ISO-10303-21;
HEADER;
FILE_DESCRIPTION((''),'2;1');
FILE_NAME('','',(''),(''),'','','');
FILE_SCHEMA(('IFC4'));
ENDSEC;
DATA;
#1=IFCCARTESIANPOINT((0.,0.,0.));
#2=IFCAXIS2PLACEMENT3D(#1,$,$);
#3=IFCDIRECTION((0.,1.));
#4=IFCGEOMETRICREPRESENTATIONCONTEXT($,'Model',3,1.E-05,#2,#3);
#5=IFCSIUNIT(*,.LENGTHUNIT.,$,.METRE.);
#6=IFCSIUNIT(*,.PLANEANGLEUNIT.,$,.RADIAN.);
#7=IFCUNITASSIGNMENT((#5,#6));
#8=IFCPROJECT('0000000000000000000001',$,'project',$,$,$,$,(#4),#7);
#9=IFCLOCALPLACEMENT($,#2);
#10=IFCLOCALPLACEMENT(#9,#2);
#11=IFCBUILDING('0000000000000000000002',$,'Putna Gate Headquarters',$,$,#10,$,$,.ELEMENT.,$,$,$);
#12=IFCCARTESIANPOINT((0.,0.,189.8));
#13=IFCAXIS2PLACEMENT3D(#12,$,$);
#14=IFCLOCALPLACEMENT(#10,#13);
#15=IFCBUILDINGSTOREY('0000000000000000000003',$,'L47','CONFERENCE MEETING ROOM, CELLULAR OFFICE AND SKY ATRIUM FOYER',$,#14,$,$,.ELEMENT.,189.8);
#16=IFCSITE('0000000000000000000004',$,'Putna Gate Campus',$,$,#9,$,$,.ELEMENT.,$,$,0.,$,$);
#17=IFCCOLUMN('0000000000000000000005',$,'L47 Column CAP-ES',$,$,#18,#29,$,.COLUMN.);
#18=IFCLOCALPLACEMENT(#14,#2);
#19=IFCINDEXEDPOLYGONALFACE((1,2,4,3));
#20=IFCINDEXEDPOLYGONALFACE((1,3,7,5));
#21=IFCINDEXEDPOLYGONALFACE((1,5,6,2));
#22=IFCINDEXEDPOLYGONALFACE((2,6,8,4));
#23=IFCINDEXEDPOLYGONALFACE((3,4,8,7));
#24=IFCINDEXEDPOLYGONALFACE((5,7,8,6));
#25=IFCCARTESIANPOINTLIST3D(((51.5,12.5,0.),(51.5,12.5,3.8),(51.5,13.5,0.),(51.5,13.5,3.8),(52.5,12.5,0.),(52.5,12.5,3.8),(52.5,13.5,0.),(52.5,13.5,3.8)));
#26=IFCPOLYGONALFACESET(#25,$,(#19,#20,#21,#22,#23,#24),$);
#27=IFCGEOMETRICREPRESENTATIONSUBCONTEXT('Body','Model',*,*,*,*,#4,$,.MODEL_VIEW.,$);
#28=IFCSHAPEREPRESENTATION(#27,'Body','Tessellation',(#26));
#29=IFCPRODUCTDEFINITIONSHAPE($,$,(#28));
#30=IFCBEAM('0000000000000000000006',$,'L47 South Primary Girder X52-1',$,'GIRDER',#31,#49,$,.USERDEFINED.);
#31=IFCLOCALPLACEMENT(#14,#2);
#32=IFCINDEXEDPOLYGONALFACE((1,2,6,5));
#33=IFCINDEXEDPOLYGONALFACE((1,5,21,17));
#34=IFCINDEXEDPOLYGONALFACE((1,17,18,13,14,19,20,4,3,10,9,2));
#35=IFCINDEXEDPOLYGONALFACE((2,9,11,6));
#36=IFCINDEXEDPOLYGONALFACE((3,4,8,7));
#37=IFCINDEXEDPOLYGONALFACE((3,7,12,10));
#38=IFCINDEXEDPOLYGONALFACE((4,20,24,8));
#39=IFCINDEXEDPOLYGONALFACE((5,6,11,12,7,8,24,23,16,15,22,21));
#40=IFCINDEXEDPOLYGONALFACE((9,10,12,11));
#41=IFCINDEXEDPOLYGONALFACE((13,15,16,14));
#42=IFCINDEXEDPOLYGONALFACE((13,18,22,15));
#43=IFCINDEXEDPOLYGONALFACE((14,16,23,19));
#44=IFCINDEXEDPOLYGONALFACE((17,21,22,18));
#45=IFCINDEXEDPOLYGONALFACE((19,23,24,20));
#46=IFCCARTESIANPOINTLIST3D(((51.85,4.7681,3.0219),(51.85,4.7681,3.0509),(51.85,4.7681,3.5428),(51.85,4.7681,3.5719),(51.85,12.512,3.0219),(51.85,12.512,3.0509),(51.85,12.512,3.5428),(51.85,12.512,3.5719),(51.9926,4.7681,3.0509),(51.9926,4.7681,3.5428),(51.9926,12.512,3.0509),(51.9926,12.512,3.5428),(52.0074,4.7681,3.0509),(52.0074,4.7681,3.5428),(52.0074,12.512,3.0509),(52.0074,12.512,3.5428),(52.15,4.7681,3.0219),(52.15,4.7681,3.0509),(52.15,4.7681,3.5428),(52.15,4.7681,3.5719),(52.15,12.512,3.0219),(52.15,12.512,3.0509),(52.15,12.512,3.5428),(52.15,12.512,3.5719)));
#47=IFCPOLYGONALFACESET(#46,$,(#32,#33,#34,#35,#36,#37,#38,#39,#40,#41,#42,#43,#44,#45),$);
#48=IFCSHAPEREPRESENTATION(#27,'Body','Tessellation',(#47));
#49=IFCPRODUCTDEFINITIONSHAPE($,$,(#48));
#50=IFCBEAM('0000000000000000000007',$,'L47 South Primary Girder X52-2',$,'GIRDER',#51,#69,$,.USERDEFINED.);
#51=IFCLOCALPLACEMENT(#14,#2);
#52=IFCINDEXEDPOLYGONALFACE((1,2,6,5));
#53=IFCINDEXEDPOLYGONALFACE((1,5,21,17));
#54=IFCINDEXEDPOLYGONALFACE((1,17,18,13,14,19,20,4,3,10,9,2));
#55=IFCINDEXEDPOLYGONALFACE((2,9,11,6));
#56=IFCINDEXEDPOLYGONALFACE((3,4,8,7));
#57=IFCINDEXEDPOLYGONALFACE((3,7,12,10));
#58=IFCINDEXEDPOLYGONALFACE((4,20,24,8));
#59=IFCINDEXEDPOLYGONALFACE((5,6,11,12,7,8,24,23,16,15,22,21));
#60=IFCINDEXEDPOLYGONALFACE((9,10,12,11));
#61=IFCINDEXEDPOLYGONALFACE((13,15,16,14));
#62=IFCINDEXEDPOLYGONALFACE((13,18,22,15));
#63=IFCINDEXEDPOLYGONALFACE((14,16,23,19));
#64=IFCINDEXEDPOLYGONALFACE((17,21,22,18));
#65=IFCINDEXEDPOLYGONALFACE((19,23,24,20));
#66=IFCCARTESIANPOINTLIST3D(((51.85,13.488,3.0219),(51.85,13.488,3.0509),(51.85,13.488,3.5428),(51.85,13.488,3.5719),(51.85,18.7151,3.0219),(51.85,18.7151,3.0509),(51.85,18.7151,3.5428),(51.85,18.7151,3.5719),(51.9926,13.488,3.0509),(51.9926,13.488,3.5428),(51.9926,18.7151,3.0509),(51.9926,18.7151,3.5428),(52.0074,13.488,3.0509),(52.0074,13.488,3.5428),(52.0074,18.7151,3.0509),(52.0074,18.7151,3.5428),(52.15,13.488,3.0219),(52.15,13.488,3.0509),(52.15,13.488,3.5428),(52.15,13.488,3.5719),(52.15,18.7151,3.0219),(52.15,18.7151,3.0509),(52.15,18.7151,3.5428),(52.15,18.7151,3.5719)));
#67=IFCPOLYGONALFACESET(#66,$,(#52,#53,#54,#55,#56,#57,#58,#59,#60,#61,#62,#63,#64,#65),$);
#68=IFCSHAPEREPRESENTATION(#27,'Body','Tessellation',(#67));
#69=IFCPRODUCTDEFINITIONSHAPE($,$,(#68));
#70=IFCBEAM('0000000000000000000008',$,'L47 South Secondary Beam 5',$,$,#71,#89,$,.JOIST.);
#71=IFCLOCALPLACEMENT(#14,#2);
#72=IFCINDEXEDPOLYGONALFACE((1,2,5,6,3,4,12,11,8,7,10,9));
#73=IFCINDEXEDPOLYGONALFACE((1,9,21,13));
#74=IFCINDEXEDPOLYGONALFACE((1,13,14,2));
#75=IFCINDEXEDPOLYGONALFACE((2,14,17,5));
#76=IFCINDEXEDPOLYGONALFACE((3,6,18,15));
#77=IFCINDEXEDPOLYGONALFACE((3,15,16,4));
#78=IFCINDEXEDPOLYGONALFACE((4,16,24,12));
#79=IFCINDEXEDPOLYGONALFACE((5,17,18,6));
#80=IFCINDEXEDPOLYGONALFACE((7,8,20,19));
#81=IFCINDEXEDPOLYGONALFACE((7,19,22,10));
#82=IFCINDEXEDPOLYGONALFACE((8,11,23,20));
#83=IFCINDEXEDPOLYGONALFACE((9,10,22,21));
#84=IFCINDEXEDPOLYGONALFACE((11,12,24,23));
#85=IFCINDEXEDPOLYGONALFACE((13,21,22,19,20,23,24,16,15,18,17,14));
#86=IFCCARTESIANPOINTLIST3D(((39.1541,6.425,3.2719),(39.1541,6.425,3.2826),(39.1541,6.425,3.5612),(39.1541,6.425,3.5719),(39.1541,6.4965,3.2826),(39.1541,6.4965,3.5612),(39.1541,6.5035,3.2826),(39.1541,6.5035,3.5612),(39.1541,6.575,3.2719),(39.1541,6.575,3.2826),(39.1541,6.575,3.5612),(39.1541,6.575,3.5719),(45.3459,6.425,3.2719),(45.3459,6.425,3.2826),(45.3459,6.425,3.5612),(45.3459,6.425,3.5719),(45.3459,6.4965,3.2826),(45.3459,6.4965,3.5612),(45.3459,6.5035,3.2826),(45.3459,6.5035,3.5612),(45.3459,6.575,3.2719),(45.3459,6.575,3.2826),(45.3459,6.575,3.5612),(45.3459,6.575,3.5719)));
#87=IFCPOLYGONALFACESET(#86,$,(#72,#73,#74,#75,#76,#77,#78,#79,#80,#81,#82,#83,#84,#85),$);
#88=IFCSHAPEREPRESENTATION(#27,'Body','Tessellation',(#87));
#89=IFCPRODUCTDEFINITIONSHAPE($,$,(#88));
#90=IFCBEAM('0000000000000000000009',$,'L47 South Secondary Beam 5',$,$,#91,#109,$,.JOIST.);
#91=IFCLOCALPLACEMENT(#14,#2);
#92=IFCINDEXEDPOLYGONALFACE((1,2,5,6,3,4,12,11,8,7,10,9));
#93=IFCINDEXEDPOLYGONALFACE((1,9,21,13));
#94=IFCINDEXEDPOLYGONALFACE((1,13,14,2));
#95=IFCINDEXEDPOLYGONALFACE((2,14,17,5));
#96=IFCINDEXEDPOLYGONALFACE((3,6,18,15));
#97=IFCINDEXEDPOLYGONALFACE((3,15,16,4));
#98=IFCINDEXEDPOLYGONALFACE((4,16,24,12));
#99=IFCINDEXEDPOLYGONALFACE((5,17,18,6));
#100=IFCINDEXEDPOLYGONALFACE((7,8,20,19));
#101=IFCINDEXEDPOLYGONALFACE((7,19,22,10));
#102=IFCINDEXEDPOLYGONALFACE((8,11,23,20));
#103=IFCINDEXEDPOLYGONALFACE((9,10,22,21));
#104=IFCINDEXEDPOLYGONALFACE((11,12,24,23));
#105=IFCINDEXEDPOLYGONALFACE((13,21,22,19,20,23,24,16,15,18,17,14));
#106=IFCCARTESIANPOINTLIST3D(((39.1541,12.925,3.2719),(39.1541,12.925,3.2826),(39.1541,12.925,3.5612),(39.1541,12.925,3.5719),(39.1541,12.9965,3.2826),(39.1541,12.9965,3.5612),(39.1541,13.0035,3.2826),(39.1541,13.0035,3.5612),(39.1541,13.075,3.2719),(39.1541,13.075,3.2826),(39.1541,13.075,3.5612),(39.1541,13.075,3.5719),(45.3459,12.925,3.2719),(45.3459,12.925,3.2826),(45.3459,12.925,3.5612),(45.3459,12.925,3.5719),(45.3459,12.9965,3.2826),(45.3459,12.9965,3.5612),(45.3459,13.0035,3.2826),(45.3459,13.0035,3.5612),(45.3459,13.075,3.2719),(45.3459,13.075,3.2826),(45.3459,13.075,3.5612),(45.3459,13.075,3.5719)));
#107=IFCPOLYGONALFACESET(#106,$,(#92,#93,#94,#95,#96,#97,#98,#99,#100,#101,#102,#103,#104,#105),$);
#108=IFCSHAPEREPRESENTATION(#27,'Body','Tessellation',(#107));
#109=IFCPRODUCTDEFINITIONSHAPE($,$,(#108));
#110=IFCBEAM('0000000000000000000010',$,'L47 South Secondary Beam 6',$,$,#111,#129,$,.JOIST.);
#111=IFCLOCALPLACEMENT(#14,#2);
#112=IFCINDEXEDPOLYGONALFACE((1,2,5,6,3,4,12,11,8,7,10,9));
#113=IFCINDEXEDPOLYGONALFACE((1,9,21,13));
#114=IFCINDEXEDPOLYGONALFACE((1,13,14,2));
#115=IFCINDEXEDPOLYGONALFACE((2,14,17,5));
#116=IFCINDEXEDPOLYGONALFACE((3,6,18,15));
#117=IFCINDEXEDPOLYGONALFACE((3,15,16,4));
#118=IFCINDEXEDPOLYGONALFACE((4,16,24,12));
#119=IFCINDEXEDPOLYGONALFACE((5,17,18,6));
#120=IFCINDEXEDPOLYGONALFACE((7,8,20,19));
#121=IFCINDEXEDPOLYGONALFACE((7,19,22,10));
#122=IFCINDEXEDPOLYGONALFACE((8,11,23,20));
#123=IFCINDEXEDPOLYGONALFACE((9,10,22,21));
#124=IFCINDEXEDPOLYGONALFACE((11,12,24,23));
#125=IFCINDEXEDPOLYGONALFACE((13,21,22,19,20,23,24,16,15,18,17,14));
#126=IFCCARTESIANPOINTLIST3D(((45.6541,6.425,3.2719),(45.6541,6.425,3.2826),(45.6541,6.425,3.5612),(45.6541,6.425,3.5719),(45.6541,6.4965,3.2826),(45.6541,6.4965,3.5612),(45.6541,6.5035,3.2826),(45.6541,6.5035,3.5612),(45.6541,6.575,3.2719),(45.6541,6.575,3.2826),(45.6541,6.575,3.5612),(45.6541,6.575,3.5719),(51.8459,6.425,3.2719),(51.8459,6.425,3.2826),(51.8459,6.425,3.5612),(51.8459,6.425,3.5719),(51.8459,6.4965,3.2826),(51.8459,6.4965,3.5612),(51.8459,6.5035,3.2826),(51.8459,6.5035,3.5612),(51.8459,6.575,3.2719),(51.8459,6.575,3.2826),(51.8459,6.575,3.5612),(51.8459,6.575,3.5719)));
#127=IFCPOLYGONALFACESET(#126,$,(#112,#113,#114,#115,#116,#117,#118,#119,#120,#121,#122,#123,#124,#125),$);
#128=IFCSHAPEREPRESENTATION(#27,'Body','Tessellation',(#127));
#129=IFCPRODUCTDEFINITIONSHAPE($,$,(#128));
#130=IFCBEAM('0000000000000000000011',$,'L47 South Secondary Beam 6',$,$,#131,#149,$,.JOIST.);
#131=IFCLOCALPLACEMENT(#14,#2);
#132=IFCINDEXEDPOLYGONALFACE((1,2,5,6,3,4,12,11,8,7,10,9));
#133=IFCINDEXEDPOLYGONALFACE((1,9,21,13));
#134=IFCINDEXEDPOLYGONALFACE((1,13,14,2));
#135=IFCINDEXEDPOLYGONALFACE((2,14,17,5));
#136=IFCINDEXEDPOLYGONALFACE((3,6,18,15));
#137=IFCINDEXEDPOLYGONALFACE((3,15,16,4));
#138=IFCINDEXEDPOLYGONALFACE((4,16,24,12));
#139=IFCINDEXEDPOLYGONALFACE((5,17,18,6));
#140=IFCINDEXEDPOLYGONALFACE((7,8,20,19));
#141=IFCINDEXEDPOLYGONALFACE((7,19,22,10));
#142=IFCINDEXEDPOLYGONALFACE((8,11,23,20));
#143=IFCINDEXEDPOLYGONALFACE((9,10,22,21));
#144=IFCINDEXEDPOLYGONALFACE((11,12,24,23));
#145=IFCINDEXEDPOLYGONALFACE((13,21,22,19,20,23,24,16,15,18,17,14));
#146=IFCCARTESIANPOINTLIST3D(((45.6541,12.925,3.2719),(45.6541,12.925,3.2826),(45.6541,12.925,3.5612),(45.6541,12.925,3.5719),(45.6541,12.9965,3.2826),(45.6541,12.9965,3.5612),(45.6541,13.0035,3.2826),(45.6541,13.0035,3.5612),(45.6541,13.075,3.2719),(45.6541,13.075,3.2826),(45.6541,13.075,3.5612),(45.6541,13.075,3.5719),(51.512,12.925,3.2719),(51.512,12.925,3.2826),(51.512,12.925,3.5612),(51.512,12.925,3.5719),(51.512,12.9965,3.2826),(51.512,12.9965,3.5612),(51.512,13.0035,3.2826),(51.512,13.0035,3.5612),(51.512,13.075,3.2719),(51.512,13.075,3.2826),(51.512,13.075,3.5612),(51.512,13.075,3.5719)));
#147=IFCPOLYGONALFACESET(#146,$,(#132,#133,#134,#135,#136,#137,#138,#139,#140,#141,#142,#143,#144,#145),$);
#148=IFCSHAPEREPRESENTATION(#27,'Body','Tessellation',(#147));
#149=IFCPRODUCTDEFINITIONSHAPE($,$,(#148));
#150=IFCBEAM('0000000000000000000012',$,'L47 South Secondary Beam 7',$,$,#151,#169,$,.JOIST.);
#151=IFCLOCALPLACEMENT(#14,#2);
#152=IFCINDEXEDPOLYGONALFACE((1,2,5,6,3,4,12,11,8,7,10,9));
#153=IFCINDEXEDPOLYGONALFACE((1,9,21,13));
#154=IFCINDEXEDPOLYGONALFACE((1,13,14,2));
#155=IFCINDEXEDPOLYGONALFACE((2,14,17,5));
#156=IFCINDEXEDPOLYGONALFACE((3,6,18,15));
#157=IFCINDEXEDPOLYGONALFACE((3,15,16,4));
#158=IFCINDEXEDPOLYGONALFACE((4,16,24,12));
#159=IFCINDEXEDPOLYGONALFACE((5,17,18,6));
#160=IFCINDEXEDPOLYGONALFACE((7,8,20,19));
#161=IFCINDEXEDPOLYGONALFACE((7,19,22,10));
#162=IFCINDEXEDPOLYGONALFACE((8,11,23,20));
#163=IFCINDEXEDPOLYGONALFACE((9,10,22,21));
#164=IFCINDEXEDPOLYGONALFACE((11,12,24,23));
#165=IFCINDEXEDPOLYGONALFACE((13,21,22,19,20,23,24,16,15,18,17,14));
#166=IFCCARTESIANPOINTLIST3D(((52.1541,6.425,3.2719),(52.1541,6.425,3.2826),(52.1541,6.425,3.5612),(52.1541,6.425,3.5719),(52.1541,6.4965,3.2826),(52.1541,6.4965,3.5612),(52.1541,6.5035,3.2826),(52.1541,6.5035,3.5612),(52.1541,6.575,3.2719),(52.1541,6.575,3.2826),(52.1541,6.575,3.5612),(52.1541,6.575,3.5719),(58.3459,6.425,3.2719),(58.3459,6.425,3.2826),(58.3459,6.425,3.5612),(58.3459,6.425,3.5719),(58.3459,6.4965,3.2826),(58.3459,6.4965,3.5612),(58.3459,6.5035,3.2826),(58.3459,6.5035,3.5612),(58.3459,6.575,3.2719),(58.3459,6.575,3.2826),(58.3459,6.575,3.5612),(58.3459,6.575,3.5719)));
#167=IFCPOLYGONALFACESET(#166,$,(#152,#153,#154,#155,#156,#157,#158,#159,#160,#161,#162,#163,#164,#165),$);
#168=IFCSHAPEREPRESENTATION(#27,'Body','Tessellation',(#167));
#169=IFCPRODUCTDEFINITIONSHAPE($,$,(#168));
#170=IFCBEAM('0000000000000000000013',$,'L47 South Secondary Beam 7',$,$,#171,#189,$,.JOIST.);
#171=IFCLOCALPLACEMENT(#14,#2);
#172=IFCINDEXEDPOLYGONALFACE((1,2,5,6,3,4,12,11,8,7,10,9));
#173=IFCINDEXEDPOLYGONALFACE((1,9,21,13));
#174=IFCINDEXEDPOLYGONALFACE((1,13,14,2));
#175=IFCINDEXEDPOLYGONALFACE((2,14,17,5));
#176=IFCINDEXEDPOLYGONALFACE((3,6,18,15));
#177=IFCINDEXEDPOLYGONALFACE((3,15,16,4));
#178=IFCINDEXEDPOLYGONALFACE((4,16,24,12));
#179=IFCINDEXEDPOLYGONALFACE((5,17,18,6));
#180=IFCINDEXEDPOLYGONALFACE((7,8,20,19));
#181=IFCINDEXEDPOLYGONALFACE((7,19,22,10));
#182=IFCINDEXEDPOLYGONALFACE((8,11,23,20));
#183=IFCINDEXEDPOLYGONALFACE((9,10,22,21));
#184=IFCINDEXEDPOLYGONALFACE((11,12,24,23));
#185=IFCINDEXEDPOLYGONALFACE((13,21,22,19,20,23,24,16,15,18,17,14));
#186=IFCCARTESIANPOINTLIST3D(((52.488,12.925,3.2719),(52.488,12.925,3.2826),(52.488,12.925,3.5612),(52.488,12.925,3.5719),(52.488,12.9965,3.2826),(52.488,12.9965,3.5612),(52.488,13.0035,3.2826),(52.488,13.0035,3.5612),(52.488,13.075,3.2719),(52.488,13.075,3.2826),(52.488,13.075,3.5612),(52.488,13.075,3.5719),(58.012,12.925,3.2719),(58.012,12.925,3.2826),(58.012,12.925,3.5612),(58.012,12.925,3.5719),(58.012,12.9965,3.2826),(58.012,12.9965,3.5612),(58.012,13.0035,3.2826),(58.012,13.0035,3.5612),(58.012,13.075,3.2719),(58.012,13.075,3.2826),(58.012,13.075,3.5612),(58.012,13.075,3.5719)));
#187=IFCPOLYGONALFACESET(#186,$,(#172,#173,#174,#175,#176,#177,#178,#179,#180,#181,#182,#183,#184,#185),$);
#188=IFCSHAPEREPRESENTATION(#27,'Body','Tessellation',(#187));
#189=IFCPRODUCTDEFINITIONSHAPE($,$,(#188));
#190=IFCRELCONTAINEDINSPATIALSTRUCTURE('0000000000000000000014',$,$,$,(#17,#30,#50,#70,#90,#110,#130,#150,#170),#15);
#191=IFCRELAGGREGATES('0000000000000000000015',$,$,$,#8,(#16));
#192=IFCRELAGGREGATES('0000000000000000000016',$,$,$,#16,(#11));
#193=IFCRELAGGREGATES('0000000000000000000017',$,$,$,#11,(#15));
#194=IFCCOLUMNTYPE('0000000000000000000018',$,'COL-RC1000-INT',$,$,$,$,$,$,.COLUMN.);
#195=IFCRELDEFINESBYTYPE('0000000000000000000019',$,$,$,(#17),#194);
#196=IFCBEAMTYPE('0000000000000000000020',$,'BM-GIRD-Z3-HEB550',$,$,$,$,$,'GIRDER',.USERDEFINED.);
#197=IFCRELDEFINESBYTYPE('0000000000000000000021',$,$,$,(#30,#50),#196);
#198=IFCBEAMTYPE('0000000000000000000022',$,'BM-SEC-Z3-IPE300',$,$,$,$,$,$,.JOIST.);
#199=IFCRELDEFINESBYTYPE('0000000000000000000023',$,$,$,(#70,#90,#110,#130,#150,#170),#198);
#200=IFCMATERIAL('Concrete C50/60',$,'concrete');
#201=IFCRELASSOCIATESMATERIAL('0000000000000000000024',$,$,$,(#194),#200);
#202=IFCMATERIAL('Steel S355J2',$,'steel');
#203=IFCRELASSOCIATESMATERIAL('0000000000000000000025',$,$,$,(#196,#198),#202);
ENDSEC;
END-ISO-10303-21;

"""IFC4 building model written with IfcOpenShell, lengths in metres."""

from ifc_helpers import new_model, si_unit, direction, frame, origin, origin_2d, place, context, subcontext, project, spatial, rectangle, i_section, extrude, material, material_profile, profile_set, type_object, element, save


model = new_model("IFC4")

# Units and contexts
model_context = context("Model", 3, precision=1e-05, world=origin(), true_north=direction((0.0, 1.0)))
body_context = subcontext(model_context, "Body", "Model", "MODEL_VIEW")
ifc_project = project(units=[si_unit("LENGTHUNIT", "METRE"), si_unit("PLANEANGLEUNIT", "RADIAN")], contexts=[model_context])

# Site, building, storey
site_placement = place(None, origin())
site = spatial("IfcSite", under=ifc_project, at=site_placement, Name="Putna Gate Campus", CompositionType="ELEMENT", RefElevation=0.0)
building_placement = place(site_placement, origin())
building = spatial("IfcBuilding", under=site, at=building_placement, Name="Putna Gate Headquarters", CompositionType="ELEMENT")
storey_placement = place(building_placement, frame((0.0, 0.0, 189.8)))
storey = spatial("IfcBuildingStorey", under=building, at=storey_placement, Name="L47", Description="CONFERENCE MEETING ROOM, CELLULAR OFFICE AND SKY ATRIUM FOYER", CompositionType="ELEMENT", Elevation=189.8)

# Column
ifc_material_1 = material(Name="Concrete C50/60", Category="concrete")
ifc_material_profile_1 = material_profile(ifc_material_1, rectangle(XDim=1.0, YDim=1.0, at=origin_2d()), Name="Concrete C50/60")
ifc_profile_set_1 = profile_set([ifc_material_profile_1], Name="Concrete C50/60")
column_type = type_object("IfcColumnType", Name="COL-RC1000-INT", PredefinedType="COLUMN", material=ifc_profile_set_1)
column_placement = place(storey_placement, frame((52.0, 13.0, 0.0), z_axis=(0.0, 0.0, 1.0), x_axis=(1.0, 0.0, 0.0)))
element("IfcColumn", 1, at=column_placement, inside=storey, type_object=column_type, Name="L47 Column CAP-ES", PredefinedType="COLUMN", context=body_context, shape_type="SweptSolid", body=[
    extrude(rectangle(XDim=1.0, YDim=1.0, at=origin_2d()), origin(), (0.0, 0.0, 1.0), 3.8),
])

# Beams
ifc_material_2 = material(Name="Steel S355J2", Category="steel")
ifc_material_profile_2 = material_profile(ifc_material_2, i_section(OverallWidth=0.3, OverallDepth=0.55, WebThickness=0.0149, FlangeThickness=0.0291, at=origin_2d()), Name="Steel S355J2")
ifc_profile_set_2 = profile_set([ifc_material_profile_2], Name="Steel S355J2")
beam_type_1 = type_object("IfcBeamType", Name="BM-GIRD-Z3-HEB550", ElementType="GIRDER", PredefinedType="USERDEFINED", material=ifc_profile_set_2)
beam_1_placement = place(storey_placement, frame((52.0, 4.7681, 3.2969), z_axis=(0.0, 1.0, 0.0), x_axis=(-1.0, 0.0, 0.0)))
element("IfcBeam", 2, at=beam_1_placement, inside=storey, type_object=beam_type_1, Name="L47 South Primary Girder X52-1", ObjectType="GIRDER", PredefinedType="USERDEFINED", context=body_context, shape_type="SweptSolid", body=[
    extrude(i_section(OverallWidth=0.3, OverallDepth=0.55, WebThickness=0.0149, FlangeThickness=0.0291, at=origin_2d()), origin(), (0.0, 0.0, 1.0), 7.7439),
])
beam_2_placement = place(storey_placement, frame((52.0, 13.488, 3.2969), z_axis=(0.0, 1.0, 0.0), x_axis=(-1.0, 0.0, 0.0)))
element("IfcBeam", 3, at=beam_2_placement, inside=storey, type_object=beam_type_1, Name="L47 South Primary Girder X52-2", ObjectType="GIRDER", PredefinedType="USERDEFINED", context=body_context, shape_type="SweptSolid", body=[
    extrude(i_section(OverallWidth=0.3, OverallDepth=0.55, WebThickness=0.0149, FlangeThickness=0.0291, at=origin_2d()), origin(), (0.0, 0.0, 1.0), 5.2271),
])
ifc_material_profile_3 = material_profile(ifc_material_2, i_section(OverallWidth=0.1499, OverallDepth=0.3, WebThickness=0.0071, FlangeThickness=0.0107, at=origin_2d()), Name="Steel S355J2")
ifc_profile_set_3 = profile_set([ifc_material_profile_3], Name="Steel S355J2")
beam_type_2 = type_object("IfcBeamType", Name="BM-SEC-Z3-IPE300", PredefinedType="JOIST", material=ifc_profile_set_3)
for number, where, z_axis, x_axis, name in (
    (4, (39.1541, 6.5, 3.4219), (1.0, 0.0, 0.0), (0.0, 1.0, 0.0), "L47 South Secondary Beam 5"),
    (5, (39.1541, 13.0, 3.4219), (1.0, 0.0, 0.0), (0.0, 1.0, 0.0), "L47 South Secondary Beam 5"),
    (6, (45.6541, 6.5, 3.4219), (1.0, 0.0, 0.0), (0.0, 1.0, 0.0), "L47 South Secondary Beam 6"),
):
    element("IfcBeam", number, at=place(storey_placement, frame(where, z_axis=z_axis, x_axis=x_axis)), inside=storey, type_object=beam_type_2, Name=name, PredefinedType="JOIST", context=body_context, shape_type="SweptSolid", body=[
        extrude(i_section(OverallWidth=0.1499, OverallDepth=0.3, WebThickness=0.0071, FlangeThickness=0.0107, at=origin_2d()), origin(), (0.0, 0.0, 1.0), 6.1919),
    ])
beam_3_placement = place(storey_placement, frame((45.6541, 13.0, 3.4219), z_axis=(1.0, 0.0, 0.0), x_axis=(0.0, 1.0, 0.0)))
element("IfcBeam", 7, at=beam_3_placement, inside=storey, type_object=beam_type_2, Name="L47 South Secondary Beam 6", PredefinedType="JOIST", context=body_context, shape_type="SweptSolid", body=[
    extrude(i_section(OverallWidth=0.1499, OverallDepth=0.3, WebThickness=0.0071, FlangeThickness=0.0107, at=origin_2d()), origin(), (0.0, 0.0, 1.0), 5.8579),
])
beam_4_placement = place(storey_placement, frame((52.1541, 6.5, 3.4219), z_axis=(1.0, 0.0, 0.0), x_axis=(0.0, 1.0, 0.0)))
element("IfcBeam", 8, at=beam_4_placement, inside=storey, type_object=beam_type_2, Name="L47 South Secondary Beam 7", PredefinedType="JOIST", context=body_context, shape_type="SweptSolid", body=[
    extrude(i_section(OverallWidth=0.1499, OverallDepth=0.3, WebThickness=0.0071, FlangeThickness=0.0107, at=origin_2d()), origin(), (0.0, 0.0, 1.0), 6.1919),
])
beam_5_placement = place(storey_placement, frame((52.488, 13.0, 3.4219), z_axis=(1.0, 0.0, 0.0), x_axis=(0.0, 1.0, 0.0)))
element("IfcBeam", 9, at=beam_5_placement, inside=storey, type_object=beam_type_2, Name="L47 South Secondary Beam 7", PredefinedType="JOIST", context=body_context, shape_type="SweptSolid", body=[
    extrude(i_section(OverallWidth=0.1499, OverallDepth=0.3, WebThickness=0.0071, FlangeThickness=0.0107, at=origin_2d()), origin(), (0.0, 0.0, 1.0), 5.5239),
])

save(model, "model.ifc")
